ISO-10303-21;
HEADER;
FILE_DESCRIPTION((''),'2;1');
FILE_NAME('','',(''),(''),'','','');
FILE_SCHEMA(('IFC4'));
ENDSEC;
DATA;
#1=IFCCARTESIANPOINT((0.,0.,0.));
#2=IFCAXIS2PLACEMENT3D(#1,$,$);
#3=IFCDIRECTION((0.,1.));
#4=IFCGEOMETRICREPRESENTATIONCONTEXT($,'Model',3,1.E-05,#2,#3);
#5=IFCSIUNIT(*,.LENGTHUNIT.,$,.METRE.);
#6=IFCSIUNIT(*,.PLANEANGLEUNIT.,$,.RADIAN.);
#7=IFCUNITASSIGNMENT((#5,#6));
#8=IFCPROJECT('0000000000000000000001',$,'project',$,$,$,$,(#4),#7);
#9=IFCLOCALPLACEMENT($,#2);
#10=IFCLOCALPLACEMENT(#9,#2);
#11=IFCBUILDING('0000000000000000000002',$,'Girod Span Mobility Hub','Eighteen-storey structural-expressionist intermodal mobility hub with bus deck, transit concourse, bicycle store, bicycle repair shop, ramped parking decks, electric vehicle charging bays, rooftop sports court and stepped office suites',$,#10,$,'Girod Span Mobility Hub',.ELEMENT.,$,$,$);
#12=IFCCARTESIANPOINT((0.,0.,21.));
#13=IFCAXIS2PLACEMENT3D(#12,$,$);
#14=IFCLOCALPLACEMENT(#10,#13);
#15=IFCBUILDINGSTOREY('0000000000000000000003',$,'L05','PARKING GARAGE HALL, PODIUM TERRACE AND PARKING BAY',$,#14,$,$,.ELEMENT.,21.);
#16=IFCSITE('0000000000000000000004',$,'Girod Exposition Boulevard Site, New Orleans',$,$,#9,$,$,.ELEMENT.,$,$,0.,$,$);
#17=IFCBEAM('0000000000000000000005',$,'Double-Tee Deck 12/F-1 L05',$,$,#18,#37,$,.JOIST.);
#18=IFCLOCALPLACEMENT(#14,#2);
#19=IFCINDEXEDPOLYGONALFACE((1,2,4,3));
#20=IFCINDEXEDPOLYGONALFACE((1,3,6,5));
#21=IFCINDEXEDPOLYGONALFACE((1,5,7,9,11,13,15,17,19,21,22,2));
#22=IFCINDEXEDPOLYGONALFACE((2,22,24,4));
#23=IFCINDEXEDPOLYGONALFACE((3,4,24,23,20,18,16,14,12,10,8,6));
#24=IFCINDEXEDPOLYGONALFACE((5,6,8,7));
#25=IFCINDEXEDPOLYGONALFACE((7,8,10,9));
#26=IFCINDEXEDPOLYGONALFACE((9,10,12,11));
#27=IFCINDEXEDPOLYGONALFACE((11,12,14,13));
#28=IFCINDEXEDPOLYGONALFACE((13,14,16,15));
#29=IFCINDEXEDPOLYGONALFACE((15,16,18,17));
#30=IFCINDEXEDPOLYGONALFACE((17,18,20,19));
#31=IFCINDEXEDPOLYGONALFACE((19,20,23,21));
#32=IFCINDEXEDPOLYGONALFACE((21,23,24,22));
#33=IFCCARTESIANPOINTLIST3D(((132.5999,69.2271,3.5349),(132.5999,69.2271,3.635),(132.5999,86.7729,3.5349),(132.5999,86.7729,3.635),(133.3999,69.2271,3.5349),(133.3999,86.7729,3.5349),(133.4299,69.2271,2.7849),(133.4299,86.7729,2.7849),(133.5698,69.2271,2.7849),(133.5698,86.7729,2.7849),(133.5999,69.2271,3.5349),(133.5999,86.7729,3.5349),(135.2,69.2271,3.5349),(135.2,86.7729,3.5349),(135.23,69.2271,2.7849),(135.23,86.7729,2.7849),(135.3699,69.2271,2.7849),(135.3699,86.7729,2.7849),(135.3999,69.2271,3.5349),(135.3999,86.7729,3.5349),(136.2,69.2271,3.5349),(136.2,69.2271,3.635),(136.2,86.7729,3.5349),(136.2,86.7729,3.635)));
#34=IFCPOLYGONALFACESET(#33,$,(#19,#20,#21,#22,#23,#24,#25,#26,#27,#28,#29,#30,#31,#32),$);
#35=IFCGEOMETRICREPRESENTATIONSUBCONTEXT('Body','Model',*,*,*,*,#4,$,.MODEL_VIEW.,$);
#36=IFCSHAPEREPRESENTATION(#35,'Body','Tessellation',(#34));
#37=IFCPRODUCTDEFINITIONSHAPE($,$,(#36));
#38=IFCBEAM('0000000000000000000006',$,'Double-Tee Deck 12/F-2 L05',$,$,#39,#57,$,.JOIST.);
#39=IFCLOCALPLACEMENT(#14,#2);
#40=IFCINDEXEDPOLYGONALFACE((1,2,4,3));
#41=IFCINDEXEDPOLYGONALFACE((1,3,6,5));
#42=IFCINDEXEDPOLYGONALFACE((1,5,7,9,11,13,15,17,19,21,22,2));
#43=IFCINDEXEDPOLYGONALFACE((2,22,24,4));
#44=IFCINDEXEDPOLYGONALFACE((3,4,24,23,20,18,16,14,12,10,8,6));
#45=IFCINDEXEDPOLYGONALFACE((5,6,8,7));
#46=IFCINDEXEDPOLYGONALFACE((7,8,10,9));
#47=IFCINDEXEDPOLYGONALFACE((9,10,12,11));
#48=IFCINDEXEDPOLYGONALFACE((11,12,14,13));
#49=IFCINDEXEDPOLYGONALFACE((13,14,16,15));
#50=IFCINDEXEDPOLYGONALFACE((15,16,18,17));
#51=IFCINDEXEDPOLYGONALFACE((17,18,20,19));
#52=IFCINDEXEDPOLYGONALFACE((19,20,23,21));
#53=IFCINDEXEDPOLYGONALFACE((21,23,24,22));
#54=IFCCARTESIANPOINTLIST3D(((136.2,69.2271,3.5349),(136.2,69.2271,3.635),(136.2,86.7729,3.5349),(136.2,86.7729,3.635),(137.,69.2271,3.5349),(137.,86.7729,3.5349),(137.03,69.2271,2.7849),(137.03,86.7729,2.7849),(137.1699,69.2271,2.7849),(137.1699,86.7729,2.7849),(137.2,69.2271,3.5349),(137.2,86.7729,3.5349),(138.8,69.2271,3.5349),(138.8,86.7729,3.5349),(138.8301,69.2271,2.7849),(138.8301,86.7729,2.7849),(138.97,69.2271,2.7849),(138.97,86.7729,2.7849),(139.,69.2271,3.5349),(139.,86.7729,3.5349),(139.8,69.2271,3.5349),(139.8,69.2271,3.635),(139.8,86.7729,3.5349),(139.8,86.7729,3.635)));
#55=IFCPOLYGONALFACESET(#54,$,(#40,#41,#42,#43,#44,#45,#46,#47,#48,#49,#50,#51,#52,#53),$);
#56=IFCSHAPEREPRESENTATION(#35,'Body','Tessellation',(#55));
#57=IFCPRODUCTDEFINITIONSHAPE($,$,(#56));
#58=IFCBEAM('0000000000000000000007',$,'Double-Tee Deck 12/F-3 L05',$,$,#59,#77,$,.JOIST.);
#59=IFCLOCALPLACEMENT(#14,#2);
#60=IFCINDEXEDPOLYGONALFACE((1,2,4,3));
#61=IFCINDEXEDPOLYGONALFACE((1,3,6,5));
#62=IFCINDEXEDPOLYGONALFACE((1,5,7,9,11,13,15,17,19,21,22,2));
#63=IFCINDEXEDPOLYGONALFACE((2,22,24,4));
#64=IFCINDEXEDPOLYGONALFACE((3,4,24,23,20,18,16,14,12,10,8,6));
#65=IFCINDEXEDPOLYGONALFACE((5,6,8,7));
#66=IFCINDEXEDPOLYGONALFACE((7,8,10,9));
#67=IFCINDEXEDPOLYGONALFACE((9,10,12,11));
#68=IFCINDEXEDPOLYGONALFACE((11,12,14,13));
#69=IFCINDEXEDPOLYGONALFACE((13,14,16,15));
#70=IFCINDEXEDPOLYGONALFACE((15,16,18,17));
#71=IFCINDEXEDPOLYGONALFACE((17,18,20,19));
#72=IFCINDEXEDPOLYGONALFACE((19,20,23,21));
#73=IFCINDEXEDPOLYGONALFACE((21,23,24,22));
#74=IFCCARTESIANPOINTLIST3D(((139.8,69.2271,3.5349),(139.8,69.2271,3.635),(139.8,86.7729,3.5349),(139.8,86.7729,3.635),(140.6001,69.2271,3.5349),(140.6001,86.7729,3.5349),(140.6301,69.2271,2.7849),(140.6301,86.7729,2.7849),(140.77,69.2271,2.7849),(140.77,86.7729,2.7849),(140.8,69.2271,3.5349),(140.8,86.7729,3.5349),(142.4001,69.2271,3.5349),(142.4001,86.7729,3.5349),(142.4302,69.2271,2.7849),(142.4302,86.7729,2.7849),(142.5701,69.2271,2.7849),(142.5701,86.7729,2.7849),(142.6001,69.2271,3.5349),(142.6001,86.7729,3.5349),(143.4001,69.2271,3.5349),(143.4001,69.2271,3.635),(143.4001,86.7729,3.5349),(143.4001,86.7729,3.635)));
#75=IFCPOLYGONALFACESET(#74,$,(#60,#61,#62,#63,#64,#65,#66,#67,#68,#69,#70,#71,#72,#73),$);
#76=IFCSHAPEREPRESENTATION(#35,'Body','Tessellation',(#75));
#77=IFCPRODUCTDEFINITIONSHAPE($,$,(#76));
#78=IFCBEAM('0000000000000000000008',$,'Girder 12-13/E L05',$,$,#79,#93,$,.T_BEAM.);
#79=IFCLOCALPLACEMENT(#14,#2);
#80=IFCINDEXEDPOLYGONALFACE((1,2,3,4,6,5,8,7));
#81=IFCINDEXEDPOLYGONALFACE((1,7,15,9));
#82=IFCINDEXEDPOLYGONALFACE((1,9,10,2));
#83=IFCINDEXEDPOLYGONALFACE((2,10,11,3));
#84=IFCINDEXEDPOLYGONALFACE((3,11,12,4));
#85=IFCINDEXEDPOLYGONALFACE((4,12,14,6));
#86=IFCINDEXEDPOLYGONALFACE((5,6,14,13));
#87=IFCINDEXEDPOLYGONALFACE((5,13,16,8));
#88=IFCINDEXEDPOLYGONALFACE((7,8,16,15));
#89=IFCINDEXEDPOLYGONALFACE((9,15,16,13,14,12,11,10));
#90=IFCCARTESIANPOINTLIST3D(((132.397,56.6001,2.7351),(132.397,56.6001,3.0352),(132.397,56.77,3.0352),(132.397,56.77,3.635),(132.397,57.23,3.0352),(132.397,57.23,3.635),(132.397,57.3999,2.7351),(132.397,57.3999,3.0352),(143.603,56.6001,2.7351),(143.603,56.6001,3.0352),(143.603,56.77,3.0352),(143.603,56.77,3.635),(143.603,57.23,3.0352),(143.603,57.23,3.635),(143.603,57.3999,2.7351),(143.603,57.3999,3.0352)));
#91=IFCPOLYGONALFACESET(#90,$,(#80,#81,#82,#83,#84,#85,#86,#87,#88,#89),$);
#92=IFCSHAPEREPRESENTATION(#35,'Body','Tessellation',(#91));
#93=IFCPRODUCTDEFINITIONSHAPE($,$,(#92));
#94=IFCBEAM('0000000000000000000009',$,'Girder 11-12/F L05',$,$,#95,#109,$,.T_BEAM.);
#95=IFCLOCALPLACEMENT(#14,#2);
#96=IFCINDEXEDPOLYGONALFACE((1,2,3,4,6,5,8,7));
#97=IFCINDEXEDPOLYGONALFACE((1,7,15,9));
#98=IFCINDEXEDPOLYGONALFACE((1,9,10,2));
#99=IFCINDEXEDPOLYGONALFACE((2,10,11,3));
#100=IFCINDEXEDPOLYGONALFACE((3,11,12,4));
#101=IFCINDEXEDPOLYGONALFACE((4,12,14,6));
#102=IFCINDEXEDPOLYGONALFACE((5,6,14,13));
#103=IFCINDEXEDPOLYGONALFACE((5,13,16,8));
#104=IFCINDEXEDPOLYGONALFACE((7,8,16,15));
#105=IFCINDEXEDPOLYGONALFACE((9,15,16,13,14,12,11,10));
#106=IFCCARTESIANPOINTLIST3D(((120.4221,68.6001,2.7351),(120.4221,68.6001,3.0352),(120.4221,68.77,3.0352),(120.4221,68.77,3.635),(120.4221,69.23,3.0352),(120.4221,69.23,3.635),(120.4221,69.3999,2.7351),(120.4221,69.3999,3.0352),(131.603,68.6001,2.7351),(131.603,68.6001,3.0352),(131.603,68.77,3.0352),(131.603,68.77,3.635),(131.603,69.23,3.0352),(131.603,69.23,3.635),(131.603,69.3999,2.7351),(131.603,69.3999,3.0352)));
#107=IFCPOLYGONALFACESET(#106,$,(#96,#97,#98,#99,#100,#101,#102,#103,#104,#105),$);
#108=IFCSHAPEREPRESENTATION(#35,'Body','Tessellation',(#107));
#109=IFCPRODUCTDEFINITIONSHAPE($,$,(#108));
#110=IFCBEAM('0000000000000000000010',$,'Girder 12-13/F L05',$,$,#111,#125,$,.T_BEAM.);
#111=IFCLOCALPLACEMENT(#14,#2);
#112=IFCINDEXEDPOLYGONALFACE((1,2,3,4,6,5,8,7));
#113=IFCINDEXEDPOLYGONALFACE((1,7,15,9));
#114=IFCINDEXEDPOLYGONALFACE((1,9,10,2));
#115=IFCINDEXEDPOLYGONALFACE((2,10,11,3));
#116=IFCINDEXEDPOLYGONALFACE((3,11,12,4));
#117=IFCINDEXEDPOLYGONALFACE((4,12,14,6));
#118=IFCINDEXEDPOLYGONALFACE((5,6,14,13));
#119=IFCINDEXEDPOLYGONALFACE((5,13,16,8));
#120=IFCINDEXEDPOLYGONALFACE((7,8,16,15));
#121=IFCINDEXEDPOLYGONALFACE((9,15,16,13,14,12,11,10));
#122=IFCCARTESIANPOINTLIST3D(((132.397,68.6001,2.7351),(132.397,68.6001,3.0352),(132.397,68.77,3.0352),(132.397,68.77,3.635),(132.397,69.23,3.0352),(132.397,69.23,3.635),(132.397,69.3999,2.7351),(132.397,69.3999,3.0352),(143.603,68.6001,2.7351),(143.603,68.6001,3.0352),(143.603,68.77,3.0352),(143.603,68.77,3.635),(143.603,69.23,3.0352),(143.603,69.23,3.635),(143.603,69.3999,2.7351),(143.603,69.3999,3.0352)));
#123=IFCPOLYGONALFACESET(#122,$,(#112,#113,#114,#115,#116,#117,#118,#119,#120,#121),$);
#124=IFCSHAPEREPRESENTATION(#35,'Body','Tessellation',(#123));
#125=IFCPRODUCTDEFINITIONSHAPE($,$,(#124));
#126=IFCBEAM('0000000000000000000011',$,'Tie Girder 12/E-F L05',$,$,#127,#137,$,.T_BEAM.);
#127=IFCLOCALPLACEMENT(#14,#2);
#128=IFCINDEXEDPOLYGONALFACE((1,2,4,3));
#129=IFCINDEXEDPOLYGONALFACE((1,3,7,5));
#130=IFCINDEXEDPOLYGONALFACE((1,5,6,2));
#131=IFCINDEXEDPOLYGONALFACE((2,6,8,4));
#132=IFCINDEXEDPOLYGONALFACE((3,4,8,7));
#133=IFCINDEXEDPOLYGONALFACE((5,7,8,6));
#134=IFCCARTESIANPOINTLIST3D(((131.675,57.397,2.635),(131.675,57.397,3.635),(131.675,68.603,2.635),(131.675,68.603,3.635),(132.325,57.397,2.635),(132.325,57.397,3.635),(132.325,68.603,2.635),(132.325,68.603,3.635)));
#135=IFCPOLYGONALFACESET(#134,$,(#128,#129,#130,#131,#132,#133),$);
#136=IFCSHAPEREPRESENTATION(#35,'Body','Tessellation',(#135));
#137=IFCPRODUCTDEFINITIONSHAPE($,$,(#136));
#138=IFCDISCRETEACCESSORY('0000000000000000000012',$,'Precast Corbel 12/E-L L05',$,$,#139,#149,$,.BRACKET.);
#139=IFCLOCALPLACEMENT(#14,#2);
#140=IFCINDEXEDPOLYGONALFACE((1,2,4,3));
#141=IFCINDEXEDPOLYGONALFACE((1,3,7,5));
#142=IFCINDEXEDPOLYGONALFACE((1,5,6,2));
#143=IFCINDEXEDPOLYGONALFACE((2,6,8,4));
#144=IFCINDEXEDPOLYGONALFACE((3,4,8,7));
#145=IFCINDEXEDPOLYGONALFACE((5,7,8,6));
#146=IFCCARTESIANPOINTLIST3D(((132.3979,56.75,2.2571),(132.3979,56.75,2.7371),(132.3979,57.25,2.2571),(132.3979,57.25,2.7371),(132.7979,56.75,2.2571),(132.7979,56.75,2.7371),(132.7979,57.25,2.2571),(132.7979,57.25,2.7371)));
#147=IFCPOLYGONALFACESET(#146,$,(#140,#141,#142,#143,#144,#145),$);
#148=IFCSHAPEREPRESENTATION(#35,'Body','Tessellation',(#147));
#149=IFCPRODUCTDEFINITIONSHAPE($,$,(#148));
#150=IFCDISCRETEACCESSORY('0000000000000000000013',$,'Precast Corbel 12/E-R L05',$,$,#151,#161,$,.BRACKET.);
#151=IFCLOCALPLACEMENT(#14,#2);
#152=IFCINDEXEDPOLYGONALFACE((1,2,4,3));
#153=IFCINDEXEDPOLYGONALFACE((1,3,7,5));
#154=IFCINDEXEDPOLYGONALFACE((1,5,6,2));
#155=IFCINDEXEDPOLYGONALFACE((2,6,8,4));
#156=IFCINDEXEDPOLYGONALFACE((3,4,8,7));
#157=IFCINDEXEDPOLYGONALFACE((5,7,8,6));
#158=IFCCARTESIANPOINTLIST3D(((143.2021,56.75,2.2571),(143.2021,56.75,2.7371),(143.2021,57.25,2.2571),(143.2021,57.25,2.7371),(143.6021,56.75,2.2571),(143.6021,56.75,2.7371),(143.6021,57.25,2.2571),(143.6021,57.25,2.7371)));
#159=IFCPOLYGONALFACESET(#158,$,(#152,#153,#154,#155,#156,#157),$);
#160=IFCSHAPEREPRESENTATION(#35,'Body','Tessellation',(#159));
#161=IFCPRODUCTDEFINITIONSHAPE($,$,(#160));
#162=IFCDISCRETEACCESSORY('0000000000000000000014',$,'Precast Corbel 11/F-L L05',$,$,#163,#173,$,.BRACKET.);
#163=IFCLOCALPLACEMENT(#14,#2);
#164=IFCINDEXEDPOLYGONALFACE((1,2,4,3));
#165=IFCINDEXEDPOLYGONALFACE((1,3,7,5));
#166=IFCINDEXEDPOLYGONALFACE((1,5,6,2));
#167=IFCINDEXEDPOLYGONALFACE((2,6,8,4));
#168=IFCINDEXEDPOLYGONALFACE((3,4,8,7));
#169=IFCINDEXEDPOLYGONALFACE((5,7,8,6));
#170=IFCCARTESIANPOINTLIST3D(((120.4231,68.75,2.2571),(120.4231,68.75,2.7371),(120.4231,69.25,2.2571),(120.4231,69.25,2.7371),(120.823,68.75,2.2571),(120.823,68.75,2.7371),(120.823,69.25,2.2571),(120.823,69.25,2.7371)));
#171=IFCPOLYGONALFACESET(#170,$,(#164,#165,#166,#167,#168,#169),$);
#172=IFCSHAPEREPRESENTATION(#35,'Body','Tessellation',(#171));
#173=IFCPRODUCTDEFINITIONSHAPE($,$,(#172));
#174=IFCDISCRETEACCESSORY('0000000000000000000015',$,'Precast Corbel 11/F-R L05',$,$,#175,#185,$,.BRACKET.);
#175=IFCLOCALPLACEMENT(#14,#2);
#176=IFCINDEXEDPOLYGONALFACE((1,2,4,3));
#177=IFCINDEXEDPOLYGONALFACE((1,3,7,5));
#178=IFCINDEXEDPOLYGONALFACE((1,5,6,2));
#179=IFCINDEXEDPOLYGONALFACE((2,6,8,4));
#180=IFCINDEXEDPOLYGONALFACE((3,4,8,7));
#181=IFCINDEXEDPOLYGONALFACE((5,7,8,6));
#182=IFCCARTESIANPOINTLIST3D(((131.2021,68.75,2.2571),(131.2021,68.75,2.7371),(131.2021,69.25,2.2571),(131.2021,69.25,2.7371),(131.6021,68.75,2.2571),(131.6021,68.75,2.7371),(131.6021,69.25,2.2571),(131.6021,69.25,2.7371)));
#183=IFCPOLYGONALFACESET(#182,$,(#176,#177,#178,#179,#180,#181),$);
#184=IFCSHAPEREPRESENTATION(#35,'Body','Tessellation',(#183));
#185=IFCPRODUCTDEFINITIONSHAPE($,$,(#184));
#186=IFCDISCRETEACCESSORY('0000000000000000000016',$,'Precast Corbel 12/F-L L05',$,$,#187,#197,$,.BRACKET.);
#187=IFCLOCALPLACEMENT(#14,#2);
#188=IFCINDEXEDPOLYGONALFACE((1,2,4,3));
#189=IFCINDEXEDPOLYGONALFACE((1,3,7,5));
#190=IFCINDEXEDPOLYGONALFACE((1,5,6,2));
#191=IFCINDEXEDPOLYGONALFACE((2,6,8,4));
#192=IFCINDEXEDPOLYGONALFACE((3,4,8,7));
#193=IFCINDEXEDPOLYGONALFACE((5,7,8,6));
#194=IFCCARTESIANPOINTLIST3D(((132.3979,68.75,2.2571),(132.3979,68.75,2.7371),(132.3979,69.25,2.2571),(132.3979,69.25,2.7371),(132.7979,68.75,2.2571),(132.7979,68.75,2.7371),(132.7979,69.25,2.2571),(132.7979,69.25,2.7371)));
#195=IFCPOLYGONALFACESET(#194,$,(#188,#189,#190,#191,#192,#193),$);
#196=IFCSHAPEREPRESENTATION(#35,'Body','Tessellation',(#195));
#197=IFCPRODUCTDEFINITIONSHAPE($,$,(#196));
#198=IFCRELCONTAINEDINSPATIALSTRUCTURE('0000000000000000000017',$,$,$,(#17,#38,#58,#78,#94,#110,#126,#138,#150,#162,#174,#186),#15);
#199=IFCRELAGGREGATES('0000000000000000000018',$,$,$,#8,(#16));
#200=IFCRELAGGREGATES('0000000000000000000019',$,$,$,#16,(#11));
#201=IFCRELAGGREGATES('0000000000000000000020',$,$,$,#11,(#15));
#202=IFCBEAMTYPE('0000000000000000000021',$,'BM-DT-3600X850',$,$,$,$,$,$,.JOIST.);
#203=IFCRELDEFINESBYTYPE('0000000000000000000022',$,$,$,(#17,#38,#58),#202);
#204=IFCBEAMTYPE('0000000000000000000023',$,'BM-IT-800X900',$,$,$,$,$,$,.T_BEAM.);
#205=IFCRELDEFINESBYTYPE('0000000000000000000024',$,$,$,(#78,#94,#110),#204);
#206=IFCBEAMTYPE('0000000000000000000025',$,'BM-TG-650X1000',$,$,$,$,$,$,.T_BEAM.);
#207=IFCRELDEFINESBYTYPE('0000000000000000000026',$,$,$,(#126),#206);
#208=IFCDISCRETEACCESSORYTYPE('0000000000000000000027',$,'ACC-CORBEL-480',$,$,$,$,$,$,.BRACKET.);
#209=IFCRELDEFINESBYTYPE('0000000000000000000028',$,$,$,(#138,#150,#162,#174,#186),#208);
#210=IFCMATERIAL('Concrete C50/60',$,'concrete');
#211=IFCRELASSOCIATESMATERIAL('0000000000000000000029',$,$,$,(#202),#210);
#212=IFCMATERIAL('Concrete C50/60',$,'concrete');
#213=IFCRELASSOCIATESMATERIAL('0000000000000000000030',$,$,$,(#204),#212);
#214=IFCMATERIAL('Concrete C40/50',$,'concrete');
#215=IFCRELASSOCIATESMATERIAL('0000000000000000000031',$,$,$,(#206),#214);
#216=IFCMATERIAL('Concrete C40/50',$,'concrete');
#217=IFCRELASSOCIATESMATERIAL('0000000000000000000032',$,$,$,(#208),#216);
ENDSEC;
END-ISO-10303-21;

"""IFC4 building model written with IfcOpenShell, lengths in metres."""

from ifc_helpers import new_model, si_unit, direction, frame, origin, origin_2d, place, context, subcontext, project, spatial, polyline, rectangle, outline, extrude, material, material_profile, profile_set, type_object, element, save


model = new_model("IFC4")

# Units and contexts
model_context = context("Model", 3, precision=1e-05, world=origin(), true_north=direction((0.0, 1.0)))
body_context = subcontext(model_context, "Body", "Model", "MODEL_VIEW")
ifc_project = project(units=[si_unit("LENGTHUNIT", "METRE"), si_unit("PLANEANGLEUNIT", "RADIAN")], contexts=[model_context])

# Site, building, storey
site_placement = place(None, origin())
site = spatial("IfcSite", under=ifc_project, at=site_placement, Name="Girod Exposition Boulevard Site, New Orleans", CompositionType="ELEMENT", RefElevation=0.0)
building_placement = place(site_placement, origin())
building = spatial("IfcBuilding", under=site, at=building_placement, Name="Girod Span Mobility Hub", Description="Eighteen-storey structural-expressionist intermodal mobility hub with bus deck, transit concourse, bicycle store, bicycle repair shop, ramped parking decks, electric vehicle charging bays, rooftop sports court and stepped office suites", LongName="Girod Span Mobility Hub", CompositionType="ELEMENT")
storey_placement = place(building_placement, frame((0.0, 0.0, 21.0)))
storey = spatial("IfcBuildingStorey", under=building, at=storey_placement, Name="L05", Description="PARKING GARAGE HALL, PODIUM TERRACE AND PARKING BAY", CompositionType="ELEMENT", Elevation=21.0)

# Beams
ifc_material_1 = material(Name="Concrete C50/60", Category="concrete")
ifc_material_profile_1 = material_profile(ifc_material_1, outline(polyline([(-1.8, 0.425), (-1.8, 0.325), (-1.0, 0.325), (-0.97, -0.425), (-0.8301, -0.425), (-0.8, 0.325), (0.8, 0.325), (0.8301, -0.425), (0.97, -0.425), (1.0, 0.325), (1.8, 0.325), (1.8, 0.425), (-1.8, 0.425)])), Name="DT-3600X850")
ifc_profile_set_1 = profile_set([ifc_material_profile_1], Name="Concrete C50/60")
beam_type_1 = type_object("IfcBeamType", Name="BM-DT-3600X850", PredefinedType="JOIST", material=ifc_profile_set_1)
for number, where, z_axis, x_axis, name in (
    (1, (134.3999, 69.2271, 3.21), (0.0, 1.0, 0.0), (-1.0, 0.0, 0.0), "Double-Tee Deck 12/F-1 L05"),
    (2, (138.0, 69.2271, 3.21), (0.0, 1.0, 0.0), (-1.0, 0.0, 0.0), "Double-Tee Deck 12/F-2 L05"),
    (3, (141.6001, 69.2271, 3.21), (0.0, 1.0, 0.0), (-1.0, 0.0, 0.0), "Double-Tee Deck 12/F-3 L05"),
):
    element("IfcBeam", number, at=place(storey_placement, frame(where, z_axis=z_axis, x_axis=x_axis)), inside=storey, type_object=beam_type_1, Name=name, PredefinedType="JOIST", context=body_context, shape_type="SweptSolid", body=[
        extrude(outline(polyline([(-1.8, 0.425), (-1.8, 0.325), (-1.0, 0.325), (-0.97, -0.425), (-0.8301, -0.425), (-0.8, 0.325), (0.8, 0.325), (0.8301, -0.425), (0.97, -0.425), (1.0, 0.325), (1.8, 0.325), (1.8, 0.425), (-1.8, 0.425)])), origin(), (0.0, 0.0, 1.0), 17.5459),
    ])
ifc_material_2 = material(Name="Concrete C50/60", Category="concrete")
ifc_material_profile_2 = material_profile(ifc_material_2, outline(polyline([(-0.3999, -0.45), (0.3999, -0.45), (0.3999, -0.1499), (0.23, -0.1499), (0.23, 0.45), (-0.23, 0.45), (-0.23, -0.1499), (-0.3999, -0.1499), (-0.3999, -0.45)])), Name="IT-800X900")
ifc_profile_set_2 = profile_set([ifc_material_profile_2], Name="Concrete C50/60")
beam_type_2 = type_object("IfcBeamType", Name="BM-IT-800X900", PredefinedType="T_BEAM", material=ifc_profile_set_2)
beam_1_placement = place(storey_placement, frame((132.397, 57.0, 3.1851), z_axis=(1.0, 0.0, 0.0), x_axis=(0.0, 1.0, 0.0)))
element("IfcBeam", 4, at=beam_1_placement, inside=storey, type_object=beam_type_2, Name="Girder 12-13/E L05", PredefinedType="T_BEAM", context=body_context, shape_type="SweptSolid", body=[
    extrude(outline(polyline([(-0.3999, -0.45), (0.3999, -0.45), (0.3999, -0.1499), (0.23, -0.1499), (0.23, 0.45), (-0.23, 0.45), (-0.23, -0.1499), (-0.3999, -0.1499), (-0.3999, -0.45)])), origin(), (0.0, 0.0, 1.0), 11.2061),
])
beam_2_placement = place(storey_placement, frame((120.4221, 69.0, 3.1851), z_axis=(1.0, 0.0, 0.0), x_axis=(0.0, 1.0, 0.0)))
element("IfcBeam", 5, at=beam_2_placement, inside=storey, type_object=beam_type_2, Name="Girder 11-12/F L05", PredefinedType="T_BEAM", context=body_context, shape_type="SweptSolid", body=[
    extrude(outline(polyline([(-0.3999, -0.45), (0.3999, -0.45), (0.3999, -0.1499), (0.23, -0.1499), (0.23, 0.45), (-0.23, 0.45), (-0.23, -0.1499), (-0.3999, -0.1499), (-0.3999, -0.45)])), origin(), (0.0, 0.0, 1.0), 11.1809),
])
beam_3_placement = place(storey_placement, frame((132.397, 69.0, 3.1851), z_axis=(1.0, 0.0, 0.0), x_axis=(0.0, 1.0, 0.0)))
element("IfcBeam", 6, at=beam_3_placement, inside=storey, type_object=beam_type_2, Name="Girder 12-13/F L05", PredefinedType="T_BEAM", context=body_context, shape_type="SweptSolid", body=[
    extrude(outline(polyline([(-0.3999, -0.45), (0.3999, -0.45), (0.3999, -0.1499), (0.23, -0.1499), (0.23, 0.45), (-0.23, 0.45), (-0.23, -0.1499), (-0.3999, -0.1499), (-0.3999, -0.45)])), origin(), (0.0, 0.0, 1.0), 11.2061),
])
ifc_material_3 = material(Name="Concrete C40/50", Category="concrete")
ifc_material_profile_3 = material_profile(ifc_material_3, rectangle(XDim=0.6499, YDim=1.0, at=origin_2d()), Name="TG-650X1000")
ifc_profile_set_3 = profile_set([ifc_material_profile_3], Name="Concrete C40/50")
beam_type_3 = type_object("IfcBeamType", Name="BM-TG-650X1000", PredefinedType="T_BEAM", material=ifc_profile_set_3)
beam_4_placement = place(storey_placement, frame((132.0, 57.397, 3.135), z_axis=(0.0, 1.0, 0.0), x_axis=(-1.0, 0.0, 0.0)))
element("IfcBeam", 7, at=beam_4_placement, inside=storey, type_object=beam_type_3, Name="Tie Girder 12/E-F L05", PredefinedType="T_BEAM", context=body_context, shape_type="SweptSolid", body=[
    extrude(rectangle(XDim=0.6499, YDim=1.0, at=origin_2d()), origin(), (0.0, 0.0, 1.0), 11.2061),
])

# Discrete accessories
ifc_material_4 = material(Name="Concrete C40/50", Category="concrete")
discrete_accessory_type = type_object("IfcDiscreteAccessoryType", Name="ACC-CORBEL-480", PredefinedType="BRACKET", material=ifc_material_4)
for number, where, z_axis, x_axis, name in (
    (8, (132.5979, 57.0, 2.2571), (0.0, 0.0, 1.0), (1.0, 0.0, 0.0), "Precast Corbel 12/E-L L05"),
    (9, (143.4021, 57.0, 2.2571), (0.0, 0.0, 1.0), (1.0, 0.0, 0.0), "Precast Corbel 12/E-R L05"),
    (10, (120.623, 69.0, 2.2571), (0.0, 0.0, 1.0), (1.0, 0.0, 0.0), "Precast Corbel 11/F-L L05"),
    (11, (131.4021, 69.0, 2.2571), (0.0, 0.0, 1.0), (1.0, 0.0, 0.0), "Precast Corbel 11/F-R L05"),
    (12, (132.5979, 69.0, 2.2571), (0.0, 0.0, 1.0), (1.0, 0.0, 0.0), "Precast Corbel 12/F-L L05"),
):
    element("IfcDiscreteAccessory", number, at=place(storey_placement, frame(where, z_axis=z_axis, x_axis=x_axis)), inside=storey, type_object=discrete_accessory_type, Name=name, PredefinedType="BRACKET", context=body_context, shape_type="SweptSolid", body=[
        extrude(rectangle(XDim=0.3999, YDim=0.5, at=origin_2d()), origin(), (0.0, 0.0, 1.0), 0.48),
    ])

save(model, "model.ifc")
